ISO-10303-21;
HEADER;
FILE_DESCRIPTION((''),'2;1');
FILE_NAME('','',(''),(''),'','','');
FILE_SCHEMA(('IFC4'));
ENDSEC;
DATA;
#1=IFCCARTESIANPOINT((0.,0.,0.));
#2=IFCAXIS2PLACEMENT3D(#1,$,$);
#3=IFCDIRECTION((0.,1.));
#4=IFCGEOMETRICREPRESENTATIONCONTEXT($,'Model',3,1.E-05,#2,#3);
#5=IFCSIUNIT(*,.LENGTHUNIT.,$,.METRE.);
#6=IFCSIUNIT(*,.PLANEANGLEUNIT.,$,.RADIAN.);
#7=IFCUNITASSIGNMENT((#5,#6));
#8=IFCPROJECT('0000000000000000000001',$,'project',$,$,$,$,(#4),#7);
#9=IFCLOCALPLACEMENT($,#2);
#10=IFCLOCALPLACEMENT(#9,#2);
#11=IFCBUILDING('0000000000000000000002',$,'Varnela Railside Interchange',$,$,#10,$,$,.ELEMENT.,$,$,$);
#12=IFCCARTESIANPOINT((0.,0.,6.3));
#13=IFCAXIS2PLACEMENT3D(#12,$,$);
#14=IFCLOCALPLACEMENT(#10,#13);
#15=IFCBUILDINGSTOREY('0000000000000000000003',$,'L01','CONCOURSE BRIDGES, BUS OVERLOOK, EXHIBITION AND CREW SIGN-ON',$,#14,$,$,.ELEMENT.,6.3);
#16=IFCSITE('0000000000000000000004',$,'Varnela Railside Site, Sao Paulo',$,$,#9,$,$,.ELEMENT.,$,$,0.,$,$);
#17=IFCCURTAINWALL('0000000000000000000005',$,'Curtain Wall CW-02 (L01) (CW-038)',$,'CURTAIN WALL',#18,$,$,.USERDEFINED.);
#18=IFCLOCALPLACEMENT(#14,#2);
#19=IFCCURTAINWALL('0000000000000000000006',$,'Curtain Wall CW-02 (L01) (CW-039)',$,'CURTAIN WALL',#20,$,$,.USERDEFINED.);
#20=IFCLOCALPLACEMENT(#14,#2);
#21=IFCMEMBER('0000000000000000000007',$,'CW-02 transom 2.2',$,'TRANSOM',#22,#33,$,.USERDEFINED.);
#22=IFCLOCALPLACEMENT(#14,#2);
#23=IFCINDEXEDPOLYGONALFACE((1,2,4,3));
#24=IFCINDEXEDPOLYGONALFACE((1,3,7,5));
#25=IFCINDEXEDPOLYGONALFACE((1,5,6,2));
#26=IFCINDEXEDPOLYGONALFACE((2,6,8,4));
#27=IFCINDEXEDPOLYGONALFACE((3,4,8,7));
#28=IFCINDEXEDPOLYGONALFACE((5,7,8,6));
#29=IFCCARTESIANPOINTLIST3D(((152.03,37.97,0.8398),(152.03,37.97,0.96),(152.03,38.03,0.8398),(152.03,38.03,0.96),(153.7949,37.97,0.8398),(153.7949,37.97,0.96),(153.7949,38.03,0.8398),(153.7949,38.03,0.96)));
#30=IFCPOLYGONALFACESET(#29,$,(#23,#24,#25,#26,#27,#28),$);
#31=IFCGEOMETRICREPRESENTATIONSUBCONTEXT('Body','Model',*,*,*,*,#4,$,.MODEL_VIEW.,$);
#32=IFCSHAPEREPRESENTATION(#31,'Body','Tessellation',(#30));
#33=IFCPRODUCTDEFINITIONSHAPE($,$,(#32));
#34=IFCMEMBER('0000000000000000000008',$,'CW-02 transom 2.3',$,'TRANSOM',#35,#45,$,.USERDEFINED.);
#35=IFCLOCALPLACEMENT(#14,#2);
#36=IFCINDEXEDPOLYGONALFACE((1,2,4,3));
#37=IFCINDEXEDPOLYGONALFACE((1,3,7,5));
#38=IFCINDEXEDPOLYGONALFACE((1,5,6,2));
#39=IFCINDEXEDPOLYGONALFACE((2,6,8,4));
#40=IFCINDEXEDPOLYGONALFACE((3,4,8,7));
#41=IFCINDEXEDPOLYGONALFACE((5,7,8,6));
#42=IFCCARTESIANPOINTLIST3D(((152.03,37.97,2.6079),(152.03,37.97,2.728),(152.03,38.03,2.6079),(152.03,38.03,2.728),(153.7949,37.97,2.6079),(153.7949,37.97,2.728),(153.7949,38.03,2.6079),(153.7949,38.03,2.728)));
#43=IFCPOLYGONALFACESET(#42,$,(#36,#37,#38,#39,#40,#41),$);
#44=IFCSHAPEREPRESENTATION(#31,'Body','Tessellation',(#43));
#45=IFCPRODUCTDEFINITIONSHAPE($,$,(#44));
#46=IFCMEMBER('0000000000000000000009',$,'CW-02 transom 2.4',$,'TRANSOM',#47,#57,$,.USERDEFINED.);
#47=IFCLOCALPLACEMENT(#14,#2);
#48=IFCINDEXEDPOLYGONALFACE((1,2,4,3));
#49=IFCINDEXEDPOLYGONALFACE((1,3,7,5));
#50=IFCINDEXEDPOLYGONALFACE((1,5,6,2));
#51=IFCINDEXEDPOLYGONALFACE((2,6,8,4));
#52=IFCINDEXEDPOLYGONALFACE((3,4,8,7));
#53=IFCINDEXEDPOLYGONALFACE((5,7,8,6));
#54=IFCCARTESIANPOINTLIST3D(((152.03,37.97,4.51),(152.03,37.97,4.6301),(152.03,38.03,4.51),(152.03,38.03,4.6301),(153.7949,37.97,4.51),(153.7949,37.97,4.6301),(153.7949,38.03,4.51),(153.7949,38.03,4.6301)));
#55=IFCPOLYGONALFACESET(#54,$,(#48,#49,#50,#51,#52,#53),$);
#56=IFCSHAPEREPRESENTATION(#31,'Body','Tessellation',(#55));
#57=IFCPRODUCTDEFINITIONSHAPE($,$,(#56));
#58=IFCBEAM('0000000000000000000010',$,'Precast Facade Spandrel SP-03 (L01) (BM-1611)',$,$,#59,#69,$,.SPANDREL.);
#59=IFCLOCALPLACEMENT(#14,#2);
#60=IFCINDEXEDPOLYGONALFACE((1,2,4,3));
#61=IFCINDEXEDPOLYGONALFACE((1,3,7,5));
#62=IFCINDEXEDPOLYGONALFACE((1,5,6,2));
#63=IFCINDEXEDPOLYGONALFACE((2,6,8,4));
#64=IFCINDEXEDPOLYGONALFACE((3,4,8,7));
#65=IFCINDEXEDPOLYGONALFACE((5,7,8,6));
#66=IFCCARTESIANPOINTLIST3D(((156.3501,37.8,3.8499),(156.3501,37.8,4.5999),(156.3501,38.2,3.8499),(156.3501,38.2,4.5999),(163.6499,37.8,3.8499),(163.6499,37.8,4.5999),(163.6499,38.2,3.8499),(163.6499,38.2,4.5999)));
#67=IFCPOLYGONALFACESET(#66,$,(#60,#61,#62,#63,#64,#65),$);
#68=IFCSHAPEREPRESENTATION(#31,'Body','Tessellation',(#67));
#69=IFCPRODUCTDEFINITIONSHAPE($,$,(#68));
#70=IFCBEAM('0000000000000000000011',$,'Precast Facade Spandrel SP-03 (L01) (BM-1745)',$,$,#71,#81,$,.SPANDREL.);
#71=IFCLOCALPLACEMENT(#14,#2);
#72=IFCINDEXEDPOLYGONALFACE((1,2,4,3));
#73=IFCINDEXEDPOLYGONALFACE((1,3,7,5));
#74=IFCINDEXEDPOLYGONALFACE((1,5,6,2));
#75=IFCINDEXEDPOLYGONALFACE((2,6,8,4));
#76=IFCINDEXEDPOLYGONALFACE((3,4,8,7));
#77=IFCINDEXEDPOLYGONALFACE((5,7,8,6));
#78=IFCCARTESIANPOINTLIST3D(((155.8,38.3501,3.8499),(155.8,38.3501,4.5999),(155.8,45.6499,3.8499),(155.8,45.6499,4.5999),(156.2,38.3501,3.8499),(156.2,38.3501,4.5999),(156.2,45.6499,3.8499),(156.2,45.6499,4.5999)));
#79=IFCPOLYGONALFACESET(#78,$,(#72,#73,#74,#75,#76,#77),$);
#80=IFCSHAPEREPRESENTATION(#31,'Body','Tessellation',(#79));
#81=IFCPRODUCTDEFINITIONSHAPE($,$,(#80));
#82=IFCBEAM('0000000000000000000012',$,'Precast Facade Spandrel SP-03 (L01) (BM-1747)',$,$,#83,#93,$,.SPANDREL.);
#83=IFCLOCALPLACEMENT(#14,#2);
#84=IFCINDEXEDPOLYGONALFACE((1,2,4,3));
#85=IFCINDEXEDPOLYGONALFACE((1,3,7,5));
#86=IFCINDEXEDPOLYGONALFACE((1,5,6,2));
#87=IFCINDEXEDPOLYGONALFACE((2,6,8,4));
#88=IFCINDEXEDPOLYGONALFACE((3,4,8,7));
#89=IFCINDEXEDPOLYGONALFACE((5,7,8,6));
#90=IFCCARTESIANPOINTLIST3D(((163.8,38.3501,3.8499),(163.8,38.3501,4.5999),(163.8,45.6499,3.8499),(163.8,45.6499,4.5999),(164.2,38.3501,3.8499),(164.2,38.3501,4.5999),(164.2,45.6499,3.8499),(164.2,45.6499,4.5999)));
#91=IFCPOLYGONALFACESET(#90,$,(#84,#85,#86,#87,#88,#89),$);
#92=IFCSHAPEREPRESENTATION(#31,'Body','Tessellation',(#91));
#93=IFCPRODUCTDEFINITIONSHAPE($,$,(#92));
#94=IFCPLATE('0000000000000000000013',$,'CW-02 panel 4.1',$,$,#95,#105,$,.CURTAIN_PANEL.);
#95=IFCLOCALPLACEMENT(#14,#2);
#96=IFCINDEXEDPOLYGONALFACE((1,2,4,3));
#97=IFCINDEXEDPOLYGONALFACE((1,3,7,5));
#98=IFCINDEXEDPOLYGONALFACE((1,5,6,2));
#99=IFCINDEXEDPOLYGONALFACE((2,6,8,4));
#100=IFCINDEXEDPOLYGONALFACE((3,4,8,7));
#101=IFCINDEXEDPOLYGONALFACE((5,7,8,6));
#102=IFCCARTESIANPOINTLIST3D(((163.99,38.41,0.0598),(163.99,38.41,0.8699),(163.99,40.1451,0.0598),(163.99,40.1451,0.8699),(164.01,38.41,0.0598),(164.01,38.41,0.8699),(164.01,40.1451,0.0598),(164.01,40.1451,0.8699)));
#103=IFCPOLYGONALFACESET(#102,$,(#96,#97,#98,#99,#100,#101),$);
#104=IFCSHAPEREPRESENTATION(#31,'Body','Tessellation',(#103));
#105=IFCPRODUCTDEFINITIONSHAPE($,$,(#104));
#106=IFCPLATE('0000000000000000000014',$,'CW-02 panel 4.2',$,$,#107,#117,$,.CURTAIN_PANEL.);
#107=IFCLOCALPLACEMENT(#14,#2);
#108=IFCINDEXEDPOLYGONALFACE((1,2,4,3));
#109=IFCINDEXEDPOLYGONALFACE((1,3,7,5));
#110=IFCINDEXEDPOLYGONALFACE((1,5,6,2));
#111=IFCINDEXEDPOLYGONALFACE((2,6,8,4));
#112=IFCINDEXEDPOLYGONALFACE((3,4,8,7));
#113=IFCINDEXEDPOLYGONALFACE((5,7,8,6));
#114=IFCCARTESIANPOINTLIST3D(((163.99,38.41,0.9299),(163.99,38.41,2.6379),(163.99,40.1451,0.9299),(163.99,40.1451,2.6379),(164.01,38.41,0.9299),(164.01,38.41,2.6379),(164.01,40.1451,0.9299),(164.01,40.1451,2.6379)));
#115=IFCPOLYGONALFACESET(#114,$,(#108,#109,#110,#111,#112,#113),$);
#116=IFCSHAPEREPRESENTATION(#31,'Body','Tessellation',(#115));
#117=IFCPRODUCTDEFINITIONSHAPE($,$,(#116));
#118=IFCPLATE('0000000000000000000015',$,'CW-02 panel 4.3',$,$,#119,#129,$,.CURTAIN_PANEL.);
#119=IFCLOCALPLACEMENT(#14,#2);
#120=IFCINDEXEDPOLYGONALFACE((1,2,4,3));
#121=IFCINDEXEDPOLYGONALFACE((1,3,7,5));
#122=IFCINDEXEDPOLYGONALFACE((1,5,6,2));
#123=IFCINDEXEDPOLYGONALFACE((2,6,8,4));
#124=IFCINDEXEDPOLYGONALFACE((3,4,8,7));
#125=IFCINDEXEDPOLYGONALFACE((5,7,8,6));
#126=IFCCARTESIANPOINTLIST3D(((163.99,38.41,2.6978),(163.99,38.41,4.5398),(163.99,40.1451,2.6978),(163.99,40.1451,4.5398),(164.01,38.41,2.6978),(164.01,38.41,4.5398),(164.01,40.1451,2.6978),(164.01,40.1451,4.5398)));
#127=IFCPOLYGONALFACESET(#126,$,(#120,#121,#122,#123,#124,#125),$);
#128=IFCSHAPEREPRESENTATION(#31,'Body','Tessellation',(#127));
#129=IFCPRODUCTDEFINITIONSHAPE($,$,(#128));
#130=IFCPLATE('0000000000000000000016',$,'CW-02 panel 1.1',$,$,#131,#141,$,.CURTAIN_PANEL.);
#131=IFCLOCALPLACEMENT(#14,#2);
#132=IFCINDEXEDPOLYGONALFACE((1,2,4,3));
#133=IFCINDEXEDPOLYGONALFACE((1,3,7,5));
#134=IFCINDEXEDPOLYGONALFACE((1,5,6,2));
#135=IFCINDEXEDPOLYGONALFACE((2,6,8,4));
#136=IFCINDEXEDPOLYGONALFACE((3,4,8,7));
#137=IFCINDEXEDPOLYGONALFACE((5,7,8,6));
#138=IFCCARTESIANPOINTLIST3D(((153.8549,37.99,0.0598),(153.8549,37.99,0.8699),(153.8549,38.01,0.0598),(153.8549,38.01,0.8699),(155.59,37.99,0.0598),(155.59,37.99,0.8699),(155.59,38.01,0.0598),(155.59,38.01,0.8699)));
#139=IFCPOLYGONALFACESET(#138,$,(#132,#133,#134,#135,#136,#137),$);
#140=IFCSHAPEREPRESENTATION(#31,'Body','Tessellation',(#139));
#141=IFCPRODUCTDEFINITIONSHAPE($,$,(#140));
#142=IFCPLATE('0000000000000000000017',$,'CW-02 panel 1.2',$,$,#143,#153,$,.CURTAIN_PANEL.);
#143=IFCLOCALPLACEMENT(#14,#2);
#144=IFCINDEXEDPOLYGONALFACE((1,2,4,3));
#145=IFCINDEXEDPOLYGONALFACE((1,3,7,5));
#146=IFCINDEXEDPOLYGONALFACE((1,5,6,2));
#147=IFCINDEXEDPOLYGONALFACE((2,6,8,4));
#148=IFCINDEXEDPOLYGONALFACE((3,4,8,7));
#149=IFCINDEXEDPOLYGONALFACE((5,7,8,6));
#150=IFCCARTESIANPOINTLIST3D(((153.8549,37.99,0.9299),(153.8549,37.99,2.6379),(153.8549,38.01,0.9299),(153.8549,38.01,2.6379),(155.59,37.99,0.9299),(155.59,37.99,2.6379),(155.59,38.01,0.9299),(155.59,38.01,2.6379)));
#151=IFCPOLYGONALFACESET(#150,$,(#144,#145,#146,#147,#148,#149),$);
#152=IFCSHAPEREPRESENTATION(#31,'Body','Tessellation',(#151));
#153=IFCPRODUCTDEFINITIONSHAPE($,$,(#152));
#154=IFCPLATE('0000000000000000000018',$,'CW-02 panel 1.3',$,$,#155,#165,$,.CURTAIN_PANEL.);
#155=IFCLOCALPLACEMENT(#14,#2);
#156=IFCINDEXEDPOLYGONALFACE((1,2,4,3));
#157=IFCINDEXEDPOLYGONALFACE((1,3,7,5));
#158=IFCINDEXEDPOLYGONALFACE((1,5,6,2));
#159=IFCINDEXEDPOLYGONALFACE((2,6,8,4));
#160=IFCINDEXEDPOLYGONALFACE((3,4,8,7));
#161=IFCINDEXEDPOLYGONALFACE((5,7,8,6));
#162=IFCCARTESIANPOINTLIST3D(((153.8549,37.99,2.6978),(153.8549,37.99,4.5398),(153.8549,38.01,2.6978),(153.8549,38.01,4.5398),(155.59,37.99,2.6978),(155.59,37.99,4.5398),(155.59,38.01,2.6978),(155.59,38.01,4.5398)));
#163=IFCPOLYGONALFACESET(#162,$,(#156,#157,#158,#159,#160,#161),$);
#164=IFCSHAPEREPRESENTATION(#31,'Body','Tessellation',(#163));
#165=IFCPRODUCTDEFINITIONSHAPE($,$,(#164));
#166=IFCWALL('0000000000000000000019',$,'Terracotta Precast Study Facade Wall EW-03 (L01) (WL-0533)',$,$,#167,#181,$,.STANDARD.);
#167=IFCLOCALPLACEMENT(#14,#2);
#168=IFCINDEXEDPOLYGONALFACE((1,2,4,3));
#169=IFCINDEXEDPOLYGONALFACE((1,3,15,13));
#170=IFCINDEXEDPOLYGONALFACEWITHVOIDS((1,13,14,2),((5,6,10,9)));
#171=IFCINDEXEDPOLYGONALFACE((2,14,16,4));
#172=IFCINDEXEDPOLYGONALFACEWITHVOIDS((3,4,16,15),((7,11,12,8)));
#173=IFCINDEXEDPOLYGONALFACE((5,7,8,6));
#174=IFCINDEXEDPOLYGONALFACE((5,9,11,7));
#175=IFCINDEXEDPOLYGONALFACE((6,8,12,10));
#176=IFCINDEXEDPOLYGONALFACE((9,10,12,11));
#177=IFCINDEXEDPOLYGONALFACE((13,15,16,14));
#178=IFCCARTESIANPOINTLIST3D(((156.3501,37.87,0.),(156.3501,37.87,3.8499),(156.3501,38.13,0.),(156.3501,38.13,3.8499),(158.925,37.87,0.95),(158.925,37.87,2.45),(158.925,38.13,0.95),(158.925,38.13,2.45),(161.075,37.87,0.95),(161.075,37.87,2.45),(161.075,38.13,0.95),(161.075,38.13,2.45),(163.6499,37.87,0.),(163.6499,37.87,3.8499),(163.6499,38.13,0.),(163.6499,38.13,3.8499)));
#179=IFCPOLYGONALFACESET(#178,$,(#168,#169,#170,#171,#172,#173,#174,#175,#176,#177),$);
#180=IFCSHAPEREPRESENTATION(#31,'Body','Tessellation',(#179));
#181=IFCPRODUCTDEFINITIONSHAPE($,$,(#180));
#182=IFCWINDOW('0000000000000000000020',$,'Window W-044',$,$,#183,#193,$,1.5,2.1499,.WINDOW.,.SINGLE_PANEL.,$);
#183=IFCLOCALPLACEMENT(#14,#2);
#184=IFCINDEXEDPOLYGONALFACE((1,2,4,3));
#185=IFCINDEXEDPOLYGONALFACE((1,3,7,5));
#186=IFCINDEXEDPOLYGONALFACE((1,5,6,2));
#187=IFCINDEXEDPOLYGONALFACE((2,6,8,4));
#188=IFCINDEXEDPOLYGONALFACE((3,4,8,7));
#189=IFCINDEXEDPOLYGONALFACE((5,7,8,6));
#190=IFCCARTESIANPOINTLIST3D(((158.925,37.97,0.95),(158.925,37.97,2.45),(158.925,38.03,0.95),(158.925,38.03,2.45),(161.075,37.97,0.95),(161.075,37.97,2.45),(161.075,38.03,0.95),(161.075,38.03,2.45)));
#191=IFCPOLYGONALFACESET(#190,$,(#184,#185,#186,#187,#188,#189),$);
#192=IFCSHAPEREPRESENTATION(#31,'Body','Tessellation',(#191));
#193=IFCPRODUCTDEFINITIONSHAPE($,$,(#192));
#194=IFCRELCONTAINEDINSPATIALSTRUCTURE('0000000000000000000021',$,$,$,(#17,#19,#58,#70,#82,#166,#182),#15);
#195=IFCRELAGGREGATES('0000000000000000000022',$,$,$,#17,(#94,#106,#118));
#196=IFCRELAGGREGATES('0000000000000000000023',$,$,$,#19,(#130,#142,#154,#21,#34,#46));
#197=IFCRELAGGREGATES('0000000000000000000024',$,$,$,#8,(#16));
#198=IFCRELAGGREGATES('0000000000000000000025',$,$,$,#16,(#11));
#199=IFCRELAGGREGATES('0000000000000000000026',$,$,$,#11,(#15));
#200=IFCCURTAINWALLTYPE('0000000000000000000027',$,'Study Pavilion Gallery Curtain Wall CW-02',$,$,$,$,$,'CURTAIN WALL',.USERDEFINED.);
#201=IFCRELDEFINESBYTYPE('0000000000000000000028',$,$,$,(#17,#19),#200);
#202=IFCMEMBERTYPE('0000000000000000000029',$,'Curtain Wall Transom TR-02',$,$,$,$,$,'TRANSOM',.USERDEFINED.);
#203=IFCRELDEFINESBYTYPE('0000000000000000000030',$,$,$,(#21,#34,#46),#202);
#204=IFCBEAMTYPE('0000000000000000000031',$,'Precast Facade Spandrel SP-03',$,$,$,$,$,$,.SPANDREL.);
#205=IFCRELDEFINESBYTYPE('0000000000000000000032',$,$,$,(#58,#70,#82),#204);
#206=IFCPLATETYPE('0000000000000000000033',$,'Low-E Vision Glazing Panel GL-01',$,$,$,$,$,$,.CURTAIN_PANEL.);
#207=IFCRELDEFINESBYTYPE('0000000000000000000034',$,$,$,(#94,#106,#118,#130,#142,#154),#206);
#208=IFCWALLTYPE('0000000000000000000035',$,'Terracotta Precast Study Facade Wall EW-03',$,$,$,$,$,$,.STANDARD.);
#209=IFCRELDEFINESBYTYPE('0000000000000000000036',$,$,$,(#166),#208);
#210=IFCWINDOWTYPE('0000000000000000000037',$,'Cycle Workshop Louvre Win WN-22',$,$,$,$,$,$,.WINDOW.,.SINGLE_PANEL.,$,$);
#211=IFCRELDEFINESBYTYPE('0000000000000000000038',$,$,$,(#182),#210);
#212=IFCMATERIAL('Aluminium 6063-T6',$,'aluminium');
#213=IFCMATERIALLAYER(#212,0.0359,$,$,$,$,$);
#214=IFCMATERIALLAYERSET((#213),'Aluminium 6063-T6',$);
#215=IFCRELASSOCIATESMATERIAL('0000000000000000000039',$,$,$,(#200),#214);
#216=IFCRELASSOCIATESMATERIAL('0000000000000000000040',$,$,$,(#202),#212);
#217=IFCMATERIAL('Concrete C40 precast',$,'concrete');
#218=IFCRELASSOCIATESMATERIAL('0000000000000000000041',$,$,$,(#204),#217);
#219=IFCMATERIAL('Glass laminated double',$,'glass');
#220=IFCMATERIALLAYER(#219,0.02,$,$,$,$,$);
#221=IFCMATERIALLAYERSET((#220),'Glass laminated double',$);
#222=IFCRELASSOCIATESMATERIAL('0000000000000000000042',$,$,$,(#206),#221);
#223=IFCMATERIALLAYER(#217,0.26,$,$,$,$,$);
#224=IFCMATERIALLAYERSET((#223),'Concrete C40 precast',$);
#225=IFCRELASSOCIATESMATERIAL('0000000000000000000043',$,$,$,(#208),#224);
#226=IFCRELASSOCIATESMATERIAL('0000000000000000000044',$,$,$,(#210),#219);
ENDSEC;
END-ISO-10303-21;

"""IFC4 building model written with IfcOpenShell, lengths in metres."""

from ifc_helpers import new_model, si_unit, direction, frame, frame_2d, origin, origin_2d, place, context, subcontext, project, spatial, rectangle, extrude, material, layer, layer_set, material_profile, profile_set, type_object, element, fill, aggregate, save


model = new_model("IFC4")

# Units and contexts
model_context = context("Model", 3, precision=1e-05, world=origin(), true_north=direction((0.0, 1.0)))
body_context = subcontext(model_context, "Body", "Model", "MODEL_VIEW")
ifc_project = project(units=[si_unit("LENGTHUNIT", "METRE"), si_unit("PLANEANGLEUNIT", "RADIAN")], contexts=[model_context])

# Site, building, storey
site_placement = place(None, origin())
site = spatial("IfcSite", under=ifc_project, at=site_placement, Name="Varnela Railside Site, Sao Paulo", CompositionType="ELEMENT", RefElevation=0.0)
building_placement = place(site_placement, origin())
building = spatial("IfcBuilding", under=site, at=building_placement, Name="Varnela Railside Interchange", CompositionType="ELEMENT")
storey_placement = place(building_placement, frame((0.0, 0.0, 6.3)))
storey = spatial("IfcBuildingStorey", under=building, at=storey_placement, Name="L01", Description="CONCOURSE BRIDGES, BUS OVERLOOK, EXHIBITION AND CREW SIGN-ON", CompositionType="ELEMENT", Elevation=6.3)

# Curtain wall
ifc_material_1 = material(Name="Aluminium 6063-T6", Category="aluminium")
ifc_layer_1 = layer(ifc_material_1, 0.0359)
ifc_layer_set_1 = layer_set([ifc_layer_1], Name="Aluminium 6063-T6")
curtain_wall_type = type_object("IfcCurtainWallType", Name="Study Pavilion Gallery Curtain Wall CW-02", ElementType="CURTAIN WALL", PredefinedType="USERDEFINED", material=ifc_layer_set_1)
curtain_wall_1_placement = place(storey_placement, origin())
curtain_wall_1 = element("IfcCurtainWall", 1, at=curtain_wall_1_placement, inside=storey, type_object=curtain_wall_type, Name="Curtain Wall CW-02 (L01) (CW-038)", ObjectType="CURTAIN WALL", PredefinedType="USERDEFINED")

# Curtain wall
curtain_wall_2_placement = place(storey_placement, origin())
curtain_wall_2 = element("IfcCurtainWall", 2, at=curtain_wall_2_placement, inside=storey, type_object=curtain_wall_type, Name="Curtain Wall CW-02 (L01) (CW-039)", ObjectType="CURTAIN WALL", PredefinedType="USERDEFINED")

# Members
ifc_material_profile_1 = material_profile(ifc_material_1, rectangle(XDim=0.0601, YDim=0.1201, at=origin_2d()), Name="ALU 60x120")
ifc_profile_set_1 = profile_set([ifc_material_profile_1], Name="Aluminium 6063-T6")
member_type_1 = type_object("IfcMemberType", Name="Curtain Wall Transom TR-02", ElementType="TRANSOM", PredefinedType="USERDEFINED", material=ifc_profile_set_1)
member_1_placement = place(storey_placement, frame((153.7949, 38.0, 0.8999), z_axis=(-1.0, 0.0, 0.0), x_axis=(0.0, -1.0, 0.0)))
member_1 = element("IfcMember", 3, at=member_1_placement, type_object=member_type_1, Name="CW-02 transom 2.2", ObjectType="TRANSOM", PredefinedType="USERDEFINED", context=body_context, shape_type="SweptSolid", body=[
    extrude(rectangle(XDim=0.0601, YDim=0.1201, at=origin_2d()), origin(), (0.0, 0.0, 1.0), 1.7649),
])
member_2_placement = place(storey_placement, frame((153.7949, 38.0, 2.668), z_axis=(-1.0, 0.0, 0.0), x_axis=(0.0, -1.0, 0.0)))
member_2 = element("IfcMember", 4, at=member_2_placement, type_object=member_type_1, Name="CW-02 transom 2.3", ObjectType="TRANSOM", PredefinedType="USERDEFINED", context=body_context, shape_type="SweptSolid", body=[
    extrude(rectangle(XDim=0.0601, YDim=0.1201, at=origin_2d()), origin(), (0.0, 0.0, 1.0), 1.7649),
])
member_3_placement = place(storey_placement, frame((153.7949, 38.0, 4.5701), z_axis=(-1.0, 0.0, 0.0), x_axis=(0.0, -1.0, 0.0)))
member_3 = element("IfcMember", 5, at=member_3_placement, type_object=member_type_1, Name="CW-02 transom 2.4", ObjectType="TRANSOM", PredefinedType="USERDEFINED", context=body_context, shape_type="SweptSolid", body=[
    extrude(rectangle(XDim=0.0601, YDim=0.1201, at=origin_2d()), origin(), (0.0, 0.0, 1.0), 1.7649),
])

# Beams
ifc_material_2 = material(Name="Concrete C40 precast", Category="concrete")
ifc_material_profile_2 = material_profile(ifc_material_2, rectangle(XDim=0.3999, YDim=0.75, at=origin_2d()), Name="PC 400x750")
ifc_profile_set_2 = profile_set([ifc_material_profile_2], Name="Concrete C40 precast")
beam_type_1 = type_object("IfcBeamType", Name="Precast Facade Spandrel SP-03", PredefinedType="SPANDREL", material=ifc_profile_set_2)
for number, where, z_axis, x_axis, name in (
    (6, (156.3501, 38.0, 4.2249), (1.0, 0.0, 0.0), (0.0, 1.0, 0.0), "Precast Facade Spandrel SP-03 (L01) (BM-1611)"),
    (7, (156.0, 38.3501, 4.2249), (0.0, 1.0, 0.0), (-1.0, 0.0, 0.0), "Precast Facade Spandrel SP-03 (L01) (BM-1745)"),
    (8, (164.0, 38.3501, 4.2249), (0.0, 1.0, 0.0), (-1.0, 0.0, 0.0), "Precast Facade Spandrel SP-03 (L01) (BM-1747)"),
):
    element("IfcBeam", number, at=place(storey_placement, frame(where, z_axis=z_axis, x_axis=x_axis)), inside=storey, type_object=beam_type_1, Name=name, PredefinedType="SPANDREL", context=body_context, shape_type="SweptSolid", body=[
        extrude(rectangle(XDim=0.3999, YDim=0.75, at=origin_2d()), origin(), (0.0, 0.0, 1.0), 7.2998),
    ])

# Plates
ifc_material_3 = material(Name="Glass laminated double", Category="glass")
ifc_layer_2 = layer(ifc_material_3, 0.02)
ifc_layer_set_2 = layer_set([ifc_layer_2], Name="Glass laminated double")
plate_type = type_object("IfcPlateType", Name="Low-E Vision Glazing Panel GL-01", PredefinedType="CURTAIN_PANEL", material=ifc_layer_set_2)
plate_1_placement = place(storey_placement, frame((164.0, 39.2776, 0.0598), z_axis=(0.0, 0.0, 1.0), x_axis=(0.0, -1.0, 0.0)))
plate_1 = element("IfcPlate", 9, at=plate_1_placement, type_object=plate_type, Name="CW-02 panel 4.1", PredefinedType="CURTAIN_PANEL", context=body_context, shape_type="SweptSolid", body=[
    extrude(rectangle(XDim=1.7351, YDim=0.02, at=origin_2d()), origin(), (0.0, 0.0, 1.0), 0.8101),
])
plate_2_placement = place(storey_placement, frame((164.0, 39.2776, 0.9299), z_axis=(0.0, 0.0, 1.0), x_axis=(0.0, -1.0, 0.0)))
plate_2 = element("IfcPlate", 10, at=plate_2_placement, type_object=plate_type, Name="CW-02 panel 4.2", PredefinedType="CURTAIN_PANEL", context=body_context, shape_type="SweptSolid", body=[
    extrude(rectangle(XDim=1.7351, YDim=0.02, at=origin_2d()), origin(), (0.0, 0.0, 1.0), 1.708),
])
plate_3_placement = place(storey_placement, frame((164.0, 39.2776, 2.6978), z_axis=(0.0, 0.0, 1.0), x_axis=(0.0, -1.0, 0.0)))
plate_3 = element("IfcPlate", 11, at=plate_3_placement, type_object=plate_type, Name="CW-02 panel 4.3", PredefinedType="CURTAIN_PANEL", context=body_context, shape_type="SweptSolid", body=[
    extrude(rectangle(XDim=1.7351, YDim=0.02, at=origin_2d()), origin(), (0.0, 0.0, 1.0), 1.842),
])
aggregate(curtain_wall_1, [plate_1, plate_2, plate_3])
plate_4_placement = place(storey_placement, frame((154.7224, 38.0, 0.0598), z_axis=(0.0, 0.0, 1.0), x_axis=(-1.0, 0.0, 0.0)))
plate_4 = element("IfcPlate", 12, at=plate_4_placement, type_object=plate_type, Name="CW-02 panel 1.1", PredefinedType="CURTAIN_PANEL", context=body_context, shape_type="SweptSolid", body=[
    extrude(rectangle(XDim=1.7351, YDim=0.02, at=origin_2d()), origin(), (0.0, 0.0, 1.0), 0.8101),
])
plate_5_placement = place(storey_placement, frame((154.7224, 38.0, 0.9299), z_axis=(0.0, 0.0, 1.0), x_axis=(-1.0, 0.0, 0.0)))
plate_5 = element("IfcPlate", 13, at=plate_5_placement, type_object=plate_type, Name="CW-02 panel 1.2", PredefinedType="CURTAIN_PANEL", context=body_context, shape_type="SweptSolid", body=[
    extrude(rectangle(XDim=1.7351, YDim=0.02, at=origin_2d()), origin(), (0.0, 0.0, 1.0), 1.708),
])
plate_6_placement = place(storey_placement, frame((154.7224, 38.0, 2.6978), z_axis=(0.0, 0.0, 1.0), x_axis=(-1.0, 0.0, 0.0)))
plate_6 = element("IfcPlate", 14, at=plate_6_placement, type_object=plate_type, Name="CW-02 panel 1.3", PredefinedType="CURTAIN_PANEL", context=body_context, shape_type="SweptSolid", body=[
    extrude(rectangle(XDim=1.7351, YDim=0.02, at=origin_2d()), origin(), (0.0, 0.0, 1.0), 1.842),
])
aggregate(curtain_wall_2, [plate_4, plate_5, plate_6, member_1, member_2, member_3])

# Wall, opening, window
ifc_layer_3 = layer(ifc_material_2, 0.26)
ifc_layer_set_3 = layer_set([ifc_layer_3], Name="Concrete C40 precast")
wall_type = type_object("IfcWallType", Name="Terracotta Precast Study Facade Wall EW-03", PredefinedType="STANDARD", material=ifc_layer_set_3)
wall_placement = place(storey_placement, frame((163.6499, 38.0, 0.0), z_axis=(0.0, 0.0, 1.0), x_axis=(-1.0, 0.0, 0.0)))
wall = element("IfcWall", 15, at=wall_placement, inside=storey, type_object=wall_type, Name="Terracotta Precast Study Facade Wall EW-03 (L01) (WL-0533)", PredefinedType="STANDARD", context=body_context, shape_type="SweptSolid", body=[
    extrude(rectangle(XDim=7.2998, YDim=0.26, at=frame_2d((3.6499, 0.0))), origin(), (0.0, 0.0, 1.0), 3.8499),
])
opening_placement = place(wall_placement, frame((2.575, 0.0, 0.95)))
opening = element("IfcOpeningElement", 16, at=opening_placement, cuts=wall, PredefinedType="OPENING", context=body_context, shape_type="SweptSolid", body=[
    extrude(rectangle(XDim=2.1499, YDim=1.5, at=frame_2d((1.075, 0.75))), frame((0.0, 0.1399, 0.0), z_axis=(0.0, -1.0, 0.0), x_axis=(1.0, 0.0, 0.0)), (0.0, 0.0, 1.0), 0.28),
])
window_type = type_object("IfcWindowType", Name="Cycle Workshop Louvre Win WN-22", PartitioningType="SINGLE_PANEL", PredefinedType="WINDOW", material=ifc_material_3)
window_placement = place(opening_placement, origin())
window = element("IfcWindow", 17, at=window_placement, inside=storey, type_object=window_type, Name="Window W-044", OverallHeight=1.5, OverallWidth=2.1499, PartitioningType="SINGLE_PANEL", PredefinedType="WINDOW", context=body_context, shape_type="SweptSolid", body=[
    extrude(rectangle(XDim=2.1499, YDim=1.5, at=frame_2d((1.075, 0.75))), frame((0.0, 0.03, 0.0), z_axis=(0.0, -1.0, 0.0), x_axis=(1.0, 0.0, 0.0)), (0.0, 0.0, 1.0), 0.0601),
])
fill(opening, window)

save(model, "model.ifc")
